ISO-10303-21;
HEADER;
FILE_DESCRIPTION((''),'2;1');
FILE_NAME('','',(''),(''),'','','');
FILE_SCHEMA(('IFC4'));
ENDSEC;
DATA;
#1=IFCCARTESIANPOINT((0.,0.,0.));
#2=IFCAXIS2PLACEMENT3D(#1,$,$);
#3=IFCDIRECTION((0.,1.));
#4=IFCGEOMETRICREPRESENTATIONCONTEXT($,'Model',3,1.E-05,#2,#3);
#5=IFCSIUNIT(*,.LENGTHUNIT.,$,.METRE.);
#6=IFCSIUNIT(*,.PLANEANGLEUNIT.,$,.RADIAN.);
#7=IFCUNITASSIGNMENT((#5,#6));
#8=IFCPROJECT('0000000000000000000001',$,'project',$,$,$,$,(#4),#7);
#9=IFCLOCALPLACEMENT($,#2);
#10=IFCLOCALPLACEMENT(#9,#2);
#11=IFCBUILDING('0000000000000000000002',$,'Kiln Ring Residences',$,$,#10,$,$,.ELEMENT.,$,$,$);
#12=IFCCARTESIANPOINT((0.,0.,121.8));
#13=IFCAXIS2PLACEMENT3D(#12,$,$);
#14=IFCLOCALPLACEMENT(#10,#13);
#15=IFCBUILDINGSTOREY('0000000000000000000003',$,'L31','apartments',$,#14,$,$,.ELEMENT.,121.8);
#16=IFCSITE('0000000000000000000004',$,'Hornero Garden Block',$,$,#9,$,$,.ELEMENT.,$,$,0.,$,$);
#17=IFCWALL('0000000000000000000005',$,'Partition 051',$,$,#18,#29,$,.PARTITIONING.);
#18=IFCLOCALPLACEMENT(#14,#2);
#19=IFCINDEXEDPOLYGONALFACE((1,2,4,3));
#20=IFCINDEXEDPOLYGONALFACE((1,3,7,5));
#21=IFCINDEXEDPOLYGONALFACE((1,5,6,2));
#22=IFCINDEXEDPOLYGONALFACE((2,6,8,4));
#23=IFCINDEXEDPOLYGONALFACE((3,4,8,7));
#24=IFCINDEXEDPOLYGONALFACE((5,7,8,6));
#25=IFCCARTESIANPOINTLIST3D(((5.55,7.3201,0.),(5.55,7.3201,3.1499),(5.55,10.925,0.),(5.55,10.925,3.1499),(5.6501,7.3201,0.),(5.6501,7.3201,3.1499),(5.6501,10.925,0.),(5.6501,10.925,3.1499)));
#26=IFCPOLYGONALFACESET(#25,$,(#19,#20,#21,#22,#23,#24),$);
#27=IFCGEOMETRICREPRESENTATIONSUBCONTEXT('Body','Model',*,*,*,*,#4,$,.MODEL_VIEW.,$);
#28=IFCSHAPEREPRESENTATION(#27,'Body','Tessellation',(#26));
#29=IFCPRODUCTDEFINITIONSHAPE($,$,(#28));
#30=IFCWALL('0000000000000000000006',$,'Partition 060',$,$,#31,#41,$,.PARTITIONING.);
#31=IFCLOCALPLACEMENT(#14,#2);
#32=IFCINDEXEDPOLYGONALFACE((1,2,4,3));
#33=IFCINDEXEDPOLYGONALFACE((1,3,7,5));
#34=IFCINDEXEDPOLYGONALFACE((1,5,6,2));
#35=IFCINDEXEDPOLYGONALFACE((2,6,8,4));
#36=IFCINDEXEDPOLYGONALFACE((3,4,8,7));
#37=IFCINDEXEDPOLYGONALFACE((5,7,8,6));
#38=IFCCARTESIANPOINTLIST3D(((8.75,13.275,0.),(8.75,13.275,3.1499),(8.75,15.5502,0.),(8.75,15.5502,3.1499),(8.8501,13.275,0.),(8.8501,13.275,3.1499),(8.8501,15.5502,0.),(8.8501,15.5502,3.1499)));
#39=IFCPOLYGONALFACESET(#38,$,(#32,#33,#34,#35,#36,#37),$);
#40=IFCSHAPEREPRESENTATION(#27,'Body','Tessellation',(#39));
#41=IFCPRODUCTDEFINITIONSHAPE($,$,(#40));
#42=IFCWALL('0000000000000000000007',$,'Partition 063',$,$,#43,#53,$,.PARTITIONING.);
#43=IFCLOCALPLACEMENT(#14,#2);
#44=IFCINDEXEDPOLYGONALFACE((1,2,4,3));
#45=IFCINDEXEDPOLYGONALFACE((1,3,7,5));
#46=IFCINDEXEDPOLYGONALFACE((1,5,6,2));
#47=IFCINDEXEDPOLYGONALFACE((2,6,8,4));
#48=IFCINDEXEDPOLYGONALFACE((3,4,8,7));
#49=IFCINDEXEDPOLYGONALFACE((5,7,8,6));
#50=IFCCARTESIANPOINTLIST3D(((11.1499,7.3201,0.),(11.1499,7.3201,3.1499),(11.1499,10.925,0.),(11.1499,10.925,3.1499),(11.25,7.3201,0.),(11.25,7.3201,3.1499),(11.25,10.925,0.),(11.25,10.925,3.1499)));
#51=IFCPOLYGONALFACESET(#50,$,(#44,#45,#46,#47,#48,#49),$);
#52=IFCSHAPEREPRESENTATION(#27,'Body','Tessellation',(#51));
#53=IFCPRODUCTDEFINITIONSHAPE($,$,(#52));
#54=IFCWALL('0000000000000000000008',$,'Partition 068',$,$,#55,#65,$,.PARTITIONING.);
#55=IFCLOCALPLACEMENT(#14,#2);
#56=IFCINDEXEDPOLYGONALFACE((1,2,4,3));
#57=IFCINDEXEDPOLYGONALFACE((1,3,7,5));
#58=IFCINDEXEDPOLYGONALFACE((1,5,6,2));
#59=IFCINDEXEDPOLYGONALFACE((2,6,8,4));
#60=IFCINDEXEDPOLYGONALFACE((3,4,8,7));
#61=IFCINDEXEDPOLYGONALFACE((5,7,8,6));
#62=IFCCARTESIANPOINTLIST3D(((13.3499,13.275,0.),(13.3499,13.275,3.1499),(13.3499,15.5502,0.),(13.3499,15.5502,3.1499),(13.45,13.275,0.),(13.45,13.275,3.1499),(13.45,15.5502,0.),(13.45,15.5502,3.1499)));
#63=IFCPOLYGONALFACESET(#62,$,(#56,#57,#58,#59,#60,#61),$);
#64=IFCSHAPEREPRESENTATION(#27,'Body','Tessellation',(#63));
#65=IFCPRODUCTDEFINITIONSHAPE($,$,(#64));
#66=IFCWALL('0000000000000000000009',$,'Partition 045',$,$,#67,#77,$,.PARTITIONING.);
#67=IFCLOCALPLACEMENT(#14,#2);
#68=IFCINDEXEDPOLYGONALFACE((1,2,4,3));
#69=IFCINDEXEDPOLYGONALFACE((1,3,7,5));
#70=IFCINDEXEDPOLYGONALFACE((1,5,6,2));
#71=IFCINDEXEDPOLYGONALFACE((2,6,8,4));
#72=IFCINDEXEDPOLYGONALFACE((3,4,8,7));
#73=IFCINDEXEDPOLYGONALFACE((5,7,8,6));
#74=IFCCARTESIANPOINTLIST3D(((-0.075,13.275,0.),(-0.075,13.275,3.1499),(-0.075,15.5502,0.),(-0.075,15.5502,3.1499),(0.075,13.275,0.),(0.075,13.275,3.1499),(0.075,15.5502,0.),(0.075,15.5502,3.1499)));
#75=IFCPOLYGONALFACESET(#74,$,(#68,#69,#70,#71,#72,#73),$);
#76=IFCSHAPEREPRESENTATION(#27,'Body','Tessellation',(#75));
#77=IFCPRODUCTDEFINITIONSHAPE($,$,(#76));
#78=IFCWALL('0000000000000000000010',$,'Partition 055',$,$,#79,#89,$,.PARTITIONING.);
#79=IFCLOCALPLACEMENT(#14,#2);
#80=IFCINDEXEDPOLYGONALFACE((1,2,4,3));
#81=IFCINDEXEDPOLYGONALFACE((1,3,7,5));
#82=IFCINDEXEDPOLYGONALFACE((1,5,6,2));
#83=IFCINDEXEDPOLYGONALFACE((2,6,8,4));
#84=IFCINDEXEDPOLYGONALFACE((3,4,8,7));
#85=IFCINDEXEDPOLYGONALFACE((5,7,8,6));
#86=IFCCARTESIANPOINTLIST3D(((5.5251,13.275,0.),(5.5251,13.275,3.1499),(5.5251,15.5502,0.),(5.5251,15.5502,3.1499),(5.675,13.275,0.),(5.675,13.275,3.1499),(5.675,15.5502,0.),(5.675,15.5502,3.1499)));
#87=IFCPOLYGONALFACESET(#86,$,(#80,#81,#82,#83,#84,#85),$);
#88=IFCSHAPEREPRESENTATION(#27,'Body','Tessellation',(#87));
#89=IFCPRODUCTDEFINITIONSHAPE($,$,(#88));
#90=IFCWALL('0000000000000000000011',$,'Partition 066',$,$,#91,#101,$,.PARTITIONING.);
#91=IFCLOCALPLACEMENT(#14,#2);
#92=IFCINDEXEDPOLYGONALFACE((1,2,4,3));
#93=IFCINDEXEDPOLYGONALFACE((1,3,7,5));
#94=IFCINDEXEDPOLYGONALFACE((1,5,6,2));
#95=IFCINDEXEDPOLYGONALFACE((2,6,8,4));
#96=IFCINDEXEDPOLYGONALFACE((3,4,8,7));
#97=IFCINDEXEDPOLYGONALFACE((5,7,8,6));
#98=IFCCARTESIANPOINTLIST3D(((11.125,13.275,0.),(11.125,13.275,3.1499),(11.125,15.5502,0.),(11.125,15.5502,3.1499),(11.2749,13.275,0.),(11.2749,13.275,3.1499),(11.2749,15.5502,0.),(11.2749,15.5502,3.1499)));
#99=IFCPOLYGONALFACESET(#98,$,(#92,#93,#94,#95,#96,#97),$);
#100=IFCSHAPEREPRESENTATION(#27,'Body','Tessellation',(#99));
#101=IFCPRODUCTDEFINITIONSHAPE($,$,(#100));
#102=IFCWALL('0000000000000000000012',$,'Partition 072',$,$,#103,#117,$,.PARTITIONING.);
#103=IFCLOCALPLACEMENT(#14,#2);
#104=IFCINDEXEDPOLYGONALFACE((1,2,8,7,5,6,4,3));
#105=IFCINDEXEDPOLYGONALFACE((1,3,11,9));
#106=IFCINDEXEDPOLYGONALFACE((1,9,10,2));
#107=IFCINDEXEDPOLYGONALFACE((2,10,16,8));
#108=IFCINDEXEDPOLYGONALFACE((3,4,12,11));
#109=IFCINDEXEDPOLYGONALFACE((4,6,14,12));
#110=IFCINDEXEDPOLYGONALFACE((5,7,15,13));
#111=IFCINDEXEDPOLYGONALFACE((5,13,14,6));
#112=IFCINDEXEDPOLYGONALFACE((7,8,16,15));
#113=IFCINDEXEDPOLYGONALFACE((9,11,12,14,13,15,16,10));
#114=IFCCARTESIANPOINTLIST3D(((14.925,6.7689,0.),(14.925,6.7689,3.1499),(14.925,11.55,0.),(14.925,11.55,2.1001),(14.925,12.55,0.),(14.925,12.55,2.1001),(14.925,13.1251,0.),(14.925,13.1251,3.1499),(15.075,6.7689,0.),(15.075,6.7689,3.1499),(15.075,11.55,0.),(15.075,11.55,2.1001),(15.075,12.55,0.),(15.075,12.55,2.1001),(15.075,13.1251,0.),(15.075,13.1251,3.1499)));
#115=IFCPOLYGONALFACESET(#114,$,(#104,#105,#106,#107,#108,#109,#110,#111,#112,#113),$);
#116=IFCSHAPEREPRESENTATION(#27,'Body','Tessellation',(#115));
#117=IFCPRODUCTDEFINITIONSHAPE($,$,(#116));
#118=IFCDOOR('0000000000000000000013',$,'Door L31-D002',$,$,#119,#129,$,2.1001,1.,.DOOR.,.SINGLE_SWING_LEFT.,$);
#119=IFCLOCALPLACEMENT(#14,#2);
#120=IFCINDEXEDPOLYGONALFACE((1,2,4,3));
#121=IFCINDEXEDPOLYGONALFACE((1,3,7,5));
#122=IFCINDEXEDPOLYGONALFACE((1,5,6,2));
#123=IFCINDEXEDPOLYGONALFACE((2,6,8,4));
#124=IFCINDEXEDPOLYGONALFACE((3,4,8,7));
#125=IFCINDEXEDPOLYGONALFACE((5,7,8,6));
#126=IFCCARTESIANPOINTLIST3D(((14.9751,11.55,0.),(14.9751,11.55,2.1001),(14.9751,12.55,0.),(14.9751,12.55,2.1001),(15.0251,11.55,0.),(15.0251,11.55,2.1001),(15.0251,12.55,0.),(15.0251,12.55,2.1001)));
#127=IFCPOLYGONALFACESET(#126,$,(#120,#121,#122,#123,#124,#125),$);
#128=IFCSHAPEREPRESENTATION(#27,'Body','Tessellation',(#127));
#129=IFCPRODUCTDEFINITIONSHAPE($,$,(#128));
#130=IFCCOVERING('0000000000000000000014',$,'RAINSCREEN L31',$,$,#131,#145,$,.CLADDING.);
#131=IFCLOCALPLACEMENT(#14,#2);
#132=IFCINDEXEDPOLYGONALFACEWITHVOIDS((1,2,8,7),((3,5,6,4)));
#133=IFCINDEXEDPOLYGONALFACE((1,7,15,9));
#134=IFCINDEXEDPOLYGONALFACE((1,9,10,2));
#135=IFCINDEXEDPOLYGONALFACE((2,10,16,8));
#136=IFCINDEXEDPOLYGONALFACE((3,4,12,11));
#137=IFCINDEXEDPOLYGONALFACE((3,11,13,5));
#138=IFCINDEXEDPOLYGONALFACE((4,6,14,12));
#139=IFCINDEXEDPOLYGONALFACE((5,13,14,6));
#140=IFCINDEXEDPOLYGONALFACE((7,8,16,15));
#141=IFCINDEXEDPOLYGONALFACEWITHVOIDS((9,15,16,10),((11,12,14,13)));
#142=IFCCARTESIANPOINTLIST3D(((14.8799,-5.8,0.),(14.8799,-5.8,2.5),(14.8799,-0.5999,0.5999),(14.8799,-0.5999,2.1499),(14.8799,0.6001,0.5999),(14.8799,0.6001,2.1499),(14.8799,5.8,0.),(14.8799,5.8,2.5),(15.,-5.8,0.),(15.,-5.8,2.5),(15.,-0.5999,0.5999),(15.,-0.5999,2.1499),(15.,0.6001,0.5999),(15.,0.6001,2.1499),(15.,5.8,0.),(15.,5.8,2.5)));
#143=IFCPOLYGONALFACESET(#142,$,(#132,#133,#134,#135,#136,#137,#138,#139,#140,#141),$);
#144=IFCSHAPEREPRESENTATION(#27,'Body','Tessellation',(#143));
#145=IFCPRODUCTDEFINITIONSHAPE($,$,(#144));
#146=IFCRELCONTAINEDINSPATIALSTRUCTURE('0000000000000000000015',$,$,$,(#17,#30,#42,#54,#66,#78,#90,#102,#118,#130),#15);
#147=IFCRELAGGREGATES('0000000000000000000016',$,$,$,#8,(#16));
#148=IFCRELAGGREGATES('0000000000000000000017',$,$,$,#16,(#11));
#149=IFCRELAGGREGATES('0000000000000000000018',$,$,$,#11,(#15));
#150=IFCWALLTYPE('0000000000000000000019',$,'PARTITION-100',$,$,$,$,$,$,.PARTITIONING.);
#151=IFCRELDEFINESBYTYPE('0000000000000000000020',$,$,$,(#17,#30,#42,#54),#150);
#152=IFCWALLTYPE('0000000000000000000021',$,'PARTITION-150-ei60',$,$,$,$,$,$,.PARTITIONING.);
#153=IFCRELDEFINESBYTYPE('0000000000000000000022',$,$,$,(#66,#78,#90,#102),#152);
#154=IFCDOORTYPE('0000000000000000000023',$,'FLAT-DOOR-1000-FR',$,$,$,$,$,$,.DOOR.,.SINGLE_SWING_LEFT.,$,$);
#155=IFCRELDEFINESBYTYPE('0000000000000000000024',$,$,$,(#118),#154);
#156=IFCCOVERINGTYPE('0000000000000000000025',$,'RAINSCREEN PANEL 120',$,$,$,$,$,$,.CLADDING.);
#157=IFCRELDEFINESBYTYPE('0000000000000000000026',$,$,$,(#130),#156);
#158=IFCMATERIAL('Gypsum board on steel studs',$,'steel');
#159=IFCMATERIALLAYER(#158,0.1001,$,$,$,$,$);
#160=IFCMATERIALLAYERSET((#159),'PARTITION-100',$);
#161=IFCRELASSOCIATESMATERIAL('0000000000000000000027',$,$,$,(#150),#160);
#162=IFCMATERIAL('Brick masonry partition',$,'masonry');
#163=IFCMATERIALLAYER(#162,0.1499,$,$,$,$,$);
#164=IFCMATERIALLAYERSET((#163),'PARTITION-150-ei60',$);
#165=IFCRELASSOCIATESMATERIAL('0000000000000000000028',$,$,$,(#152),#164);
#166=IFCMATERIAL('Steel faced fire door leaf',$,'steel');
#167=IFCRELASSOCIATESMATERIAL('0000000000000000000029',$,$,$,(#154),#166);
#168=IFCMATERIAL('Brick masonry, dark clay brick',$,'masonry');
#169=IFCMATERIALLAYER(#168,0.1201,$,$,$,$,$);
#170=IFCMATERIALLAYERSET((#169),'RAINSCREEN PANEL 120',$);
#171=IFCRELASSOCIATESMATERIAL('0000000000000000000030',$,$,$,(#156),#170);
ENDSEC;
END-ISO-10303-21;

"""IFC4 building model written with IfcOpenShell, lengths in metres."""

from ifc_helpers import new_model, si_unit, direction, frame, frame_2d, origin, place, context, subcontext, project, spatial, polyline, rectangle, outline, extrude, material, layer, layer_set, type_object, element, fill, save


model = new_model("IFC4")

# Units and contexts
model_context = context("Model", 3, precision=1e-05, world=origin(), true_north=direction((0.0, 1.0)))
body_context = subcontext(model_context, "Body", "Model", "MODEL_VIEW")
ifc_project = project(units=[si_unit("LENGTHUNIT", "METRE"), si_unit("PLANEANGLEUNIT", "RADIAN")], contexts=[model_context])

# Site, building, storey
site_placement = place(None, origin())
site = spatial("IfcSite", under=ifc_project, at=site_placement, Name="Hornero Garden Block", CompositionType="ELEMENT", RefElevation=0.0)
building_placement = place(site_placement, origin())
building = spatial("IfcBuilding", under=site, at=building_placement, Name="Kiln Ring Residences", CompositionType="ELEMENT")
storey_placement = place(building_placement, frame((0.0, 0.0, 121.8)))
storey = spatial("IfcBuildingStorey", under=building, at=storey_placement, Name="L31", Description="apartments", CompositionType="ELEMENT", Elevation=121.8)

# Walls
ifc_material_1 = material(Name="Gypsum board on steel studs", Category="steel")
ifc_layer_1 = layer(ifc_material_1, 0.1001)
ifc_layer_set_1 = layer_set([ifc_layer_1], Name="PARTITION-100")
wall_type_1 = type_object("IfcWallType", Name="PARTITION-100", PredefinedType="PARTITIONING", material=ifc_layer_set_1)
wall_1_placement = place(storey_placement, frame((5.6001, 7.3201, 0.0), z_axis=(0.0, 0.0, 1.0), x_axis=(0.0, 1.0, 0.0)))
element("IfcWall", 1, at=wall_1_placement, inside=storey, type_object=wall_type_1, Name="Partition 051", PredefinedType="PARTITIONING", context=body_context, shape_type="SweptSolid", body=[
    extrude(rectangle(XDim=3.605, YDim=0.1001, at=frame_2d((1.8025, 0.0))), origin(), (0.0, 0.0, 1.0), 3.1499),
])
wall_2_placement = place(storey_placement, frame((8.8, 13.2749, 0.0), z_axis=(0.0, 0.0, 1.0), x_axis=(0.0, 1.0, 0.0)))
element("IfcWall", 2, at=wall_2_placement, inside=storey, type_object=wall_type_1, Name="Partition 060", PredefinedType="PARTITIONING", context=body_context, shape_type="SweptSolid", body=[
    extrude(rectangle(XDim=2.2751, YDim=0.1001, at=frame_2d((1.1377, 0.0))), origin(), (0.0, 0.0, 1.0), 3.1499),
])
wall_3_placement = place(storey_placement, frame((11.2, 7.3201, 0.0), z_axis=(0.0, 0.0, 1.0), x_axis=(0.0, 1.0, 0.0)))
element("IfcWall", 3, at=wall_3_placement, inside=storey, type_object=wall_type_1, Name="Partition 063", PredefinedType="PARTITIONING", context=body_context, shape_type="SweptSolid", body=[
    extrude(rectangle(XDim=3.605, YDim=0.1001, at=frame_2d((1.8025, 0.0))), origin(), (0.0, 0.0, 1.0), 3.1499),
])
wall_4_placement = place(storey_placement, frame((13.3999, 13.2749, 0.0), z_axis=(0.0, 0.0, 1.0), x_axis=(0.0, 1.0, 0.0)))
element("IfcWall", 4, at=wall_4_placement, inside=storey, type_object=wall_type_1, Name="Partition 068", PredefinedType="PARTITIONING", context=body_context, shape_type="SweptSolid", body=[
    extrude(rectangle(XDim=2.2751, YDim=0.1001, at=frame_2d((1.1377, 0.0))), origin(), (0.0, 0.0, 1.0), 3.1499),
])
ifc_material_2 = material(Name="Brick masonry partition", Category="masonry")
ifc_layer_2 = layer(ifc_material_2, 0.1499)
ifc_layer_set_2 = layer_set([ifc_layer_2], Name="PARTITION-150-ei60")
wall_type_2 = type_object("IfcWallType", Name="PARTITION-150-ei60", PredefinedType="PARTITIONING", material=ifc_layer_set_2)
for number, where, z_axis, x_axis, name in (
    (5, (0.0, 13.2749, 0.0), (0.0, 0.0, 1.0), (0.0, 1.0, 0.0), "Partition 045"),
    (6, (5.6001, 13.2749, 0.0), (0.0, 0.0, 1.0), (0.0, 1.0, 0.0), "Partition 055"),
    (7, (11.2, 13.2749, 0.0), (0.0, 0.0, 1.0), (0.0, 1.0, 0.0), "Partition 066"),
):
    element("IfcWall", number, at=place(storey_placement, frame(where, z_axis=z_axis, x_axis=x_axis)), inside=storey, type_object=wall_type_2, Name=name, PredefinedType="PARTITIONING", context=body_context, shape_type="SweptSolid", body=[
        extrude(rectangle(XDim=2.2751, YDim=0.1499, at=frame_2d((1.1377, 0.0))), origin(), (0.0, 0.0, 1.0), 3.1499),
    ])

# Wall, opening, door
wall_5_placement = place(storey_placement, frame((15.0, 6.7688, 0.0), z_axis=(0.0, 0.0, 1.0), x_axis=(0.0, 1.0, 0.0)))
wall_5 = element("IfcWall", 8, at=wall_5_placement, inside=storey, type_object=wall_type_2, Name="Partition 072", PredefinedType="PARTITIONING", context=body_context, shape_type="SweptSolid", body=[
    extrude(rectangle(XDim=6.3562, YDim=0.1499, at=frame_2d((3.1782, 0.0))), origin(), (0.0, 0.0, 1.0), 3.1499),
])
opening_placement = place(wall_5_placement, frame((4.7812, 0.0, 0.0)))
opening = element("IfcOpeningElement", 9, at=opening_placement, cuts=wall_5, PredefinedType="OPENING", context=body_context, shape_type="SweptSolid", body=[
    extrude(rectangle(XDim=1.0, YDim=2.1001, at=frame_2d((0.5, 1.05))), frame((0.0, 0.085, 0.0), z_axis=(0.0, -1.0, 0.0), x_axis=(1.0, 0.0, 0.0)), (0.0, 0.0, 1.0), 0.1699),
])
ifc_material_3 = material(Name="Steel faced fire door leaf", Category="steel")
door_type = type_object("IfcDoorType", Name="FLAT-DOOR-1000-FR", OperationType="SINGLE_SWING_LEFT", PredefinedType="DOOR", material=ifc_material_3)
door_placement = place(opening_placement, origin())
door = element("IfcDoor", 10, at=door_placement, inside=storey, type_object=door_type, Name="Door L31-D002", OperationType="SINGLE_SWING_LEFT", OverallHeight=2.1001, OverallWidth=1.0, PredefinedType="DOOR", context=body_context, shape_type="SweptSolid", body=[
    extrude(rectangle(XDim=1.0, YDim=2.1001, at=frame_2d((0.5, 1.05))), frame((0.0, 0.0249, 0.0), z_axis=(0.0, -1.0, 0.0), x_axis=(1.0, 0.0, 0.0)), (0.0, 0.0, 1.0), 0.05),
])
fill(opening, door)

# Covering
ifc_material_4 = material(Name="Brick masonry, dark clay brick", Category="masonry")
ifc_layer_3 = layer(ifc_material_4, 0.1201)
ifc_layer_set_3 = layer_set([ifc_layer_3], Name="RAINSCREEN PANEL 120")
covering_type = type_object("IfcCoveringType", Name="RAINSCREEN PANEL 120", PredefinedType="CLADDING", material=ifc_layer_set_3)
covering_placement = place(storey_placement, frame((14.9399, 5.8, 0.0), z_axis=(0.0, 0.0, 1.0), x_axis=(0.0, -1.0, 0.0)))
element("IfcCovering", 11, at=covering_placement, inside=storey, type_object=covering_type, Name="RAINSCREEN L31", PredefinedType="CLADDING", context=body_context, shape_type="SweptSolid", body=[
    extrude(outline(polyline([(0.0, 0.0), (11.6001, 0.0), (11.6001, 2.5), (0.0, 2.5), (0.0, 0.0)]), holes=[polyline([(5.2, 2.1499), (5.2, 0.5999), (6.3999, 0.5999), (6.3999, 2.1499), (5.2, 2.1499)])]), frame((0.0, 0.0601, 0.0), z_axis=(0.0, -1.0, 0.0), x_axis=(1.0, 0.0, 0.0)), (0.0, 0.0, 1.0), 0.1201),
])

save(model, "model.ifc")
